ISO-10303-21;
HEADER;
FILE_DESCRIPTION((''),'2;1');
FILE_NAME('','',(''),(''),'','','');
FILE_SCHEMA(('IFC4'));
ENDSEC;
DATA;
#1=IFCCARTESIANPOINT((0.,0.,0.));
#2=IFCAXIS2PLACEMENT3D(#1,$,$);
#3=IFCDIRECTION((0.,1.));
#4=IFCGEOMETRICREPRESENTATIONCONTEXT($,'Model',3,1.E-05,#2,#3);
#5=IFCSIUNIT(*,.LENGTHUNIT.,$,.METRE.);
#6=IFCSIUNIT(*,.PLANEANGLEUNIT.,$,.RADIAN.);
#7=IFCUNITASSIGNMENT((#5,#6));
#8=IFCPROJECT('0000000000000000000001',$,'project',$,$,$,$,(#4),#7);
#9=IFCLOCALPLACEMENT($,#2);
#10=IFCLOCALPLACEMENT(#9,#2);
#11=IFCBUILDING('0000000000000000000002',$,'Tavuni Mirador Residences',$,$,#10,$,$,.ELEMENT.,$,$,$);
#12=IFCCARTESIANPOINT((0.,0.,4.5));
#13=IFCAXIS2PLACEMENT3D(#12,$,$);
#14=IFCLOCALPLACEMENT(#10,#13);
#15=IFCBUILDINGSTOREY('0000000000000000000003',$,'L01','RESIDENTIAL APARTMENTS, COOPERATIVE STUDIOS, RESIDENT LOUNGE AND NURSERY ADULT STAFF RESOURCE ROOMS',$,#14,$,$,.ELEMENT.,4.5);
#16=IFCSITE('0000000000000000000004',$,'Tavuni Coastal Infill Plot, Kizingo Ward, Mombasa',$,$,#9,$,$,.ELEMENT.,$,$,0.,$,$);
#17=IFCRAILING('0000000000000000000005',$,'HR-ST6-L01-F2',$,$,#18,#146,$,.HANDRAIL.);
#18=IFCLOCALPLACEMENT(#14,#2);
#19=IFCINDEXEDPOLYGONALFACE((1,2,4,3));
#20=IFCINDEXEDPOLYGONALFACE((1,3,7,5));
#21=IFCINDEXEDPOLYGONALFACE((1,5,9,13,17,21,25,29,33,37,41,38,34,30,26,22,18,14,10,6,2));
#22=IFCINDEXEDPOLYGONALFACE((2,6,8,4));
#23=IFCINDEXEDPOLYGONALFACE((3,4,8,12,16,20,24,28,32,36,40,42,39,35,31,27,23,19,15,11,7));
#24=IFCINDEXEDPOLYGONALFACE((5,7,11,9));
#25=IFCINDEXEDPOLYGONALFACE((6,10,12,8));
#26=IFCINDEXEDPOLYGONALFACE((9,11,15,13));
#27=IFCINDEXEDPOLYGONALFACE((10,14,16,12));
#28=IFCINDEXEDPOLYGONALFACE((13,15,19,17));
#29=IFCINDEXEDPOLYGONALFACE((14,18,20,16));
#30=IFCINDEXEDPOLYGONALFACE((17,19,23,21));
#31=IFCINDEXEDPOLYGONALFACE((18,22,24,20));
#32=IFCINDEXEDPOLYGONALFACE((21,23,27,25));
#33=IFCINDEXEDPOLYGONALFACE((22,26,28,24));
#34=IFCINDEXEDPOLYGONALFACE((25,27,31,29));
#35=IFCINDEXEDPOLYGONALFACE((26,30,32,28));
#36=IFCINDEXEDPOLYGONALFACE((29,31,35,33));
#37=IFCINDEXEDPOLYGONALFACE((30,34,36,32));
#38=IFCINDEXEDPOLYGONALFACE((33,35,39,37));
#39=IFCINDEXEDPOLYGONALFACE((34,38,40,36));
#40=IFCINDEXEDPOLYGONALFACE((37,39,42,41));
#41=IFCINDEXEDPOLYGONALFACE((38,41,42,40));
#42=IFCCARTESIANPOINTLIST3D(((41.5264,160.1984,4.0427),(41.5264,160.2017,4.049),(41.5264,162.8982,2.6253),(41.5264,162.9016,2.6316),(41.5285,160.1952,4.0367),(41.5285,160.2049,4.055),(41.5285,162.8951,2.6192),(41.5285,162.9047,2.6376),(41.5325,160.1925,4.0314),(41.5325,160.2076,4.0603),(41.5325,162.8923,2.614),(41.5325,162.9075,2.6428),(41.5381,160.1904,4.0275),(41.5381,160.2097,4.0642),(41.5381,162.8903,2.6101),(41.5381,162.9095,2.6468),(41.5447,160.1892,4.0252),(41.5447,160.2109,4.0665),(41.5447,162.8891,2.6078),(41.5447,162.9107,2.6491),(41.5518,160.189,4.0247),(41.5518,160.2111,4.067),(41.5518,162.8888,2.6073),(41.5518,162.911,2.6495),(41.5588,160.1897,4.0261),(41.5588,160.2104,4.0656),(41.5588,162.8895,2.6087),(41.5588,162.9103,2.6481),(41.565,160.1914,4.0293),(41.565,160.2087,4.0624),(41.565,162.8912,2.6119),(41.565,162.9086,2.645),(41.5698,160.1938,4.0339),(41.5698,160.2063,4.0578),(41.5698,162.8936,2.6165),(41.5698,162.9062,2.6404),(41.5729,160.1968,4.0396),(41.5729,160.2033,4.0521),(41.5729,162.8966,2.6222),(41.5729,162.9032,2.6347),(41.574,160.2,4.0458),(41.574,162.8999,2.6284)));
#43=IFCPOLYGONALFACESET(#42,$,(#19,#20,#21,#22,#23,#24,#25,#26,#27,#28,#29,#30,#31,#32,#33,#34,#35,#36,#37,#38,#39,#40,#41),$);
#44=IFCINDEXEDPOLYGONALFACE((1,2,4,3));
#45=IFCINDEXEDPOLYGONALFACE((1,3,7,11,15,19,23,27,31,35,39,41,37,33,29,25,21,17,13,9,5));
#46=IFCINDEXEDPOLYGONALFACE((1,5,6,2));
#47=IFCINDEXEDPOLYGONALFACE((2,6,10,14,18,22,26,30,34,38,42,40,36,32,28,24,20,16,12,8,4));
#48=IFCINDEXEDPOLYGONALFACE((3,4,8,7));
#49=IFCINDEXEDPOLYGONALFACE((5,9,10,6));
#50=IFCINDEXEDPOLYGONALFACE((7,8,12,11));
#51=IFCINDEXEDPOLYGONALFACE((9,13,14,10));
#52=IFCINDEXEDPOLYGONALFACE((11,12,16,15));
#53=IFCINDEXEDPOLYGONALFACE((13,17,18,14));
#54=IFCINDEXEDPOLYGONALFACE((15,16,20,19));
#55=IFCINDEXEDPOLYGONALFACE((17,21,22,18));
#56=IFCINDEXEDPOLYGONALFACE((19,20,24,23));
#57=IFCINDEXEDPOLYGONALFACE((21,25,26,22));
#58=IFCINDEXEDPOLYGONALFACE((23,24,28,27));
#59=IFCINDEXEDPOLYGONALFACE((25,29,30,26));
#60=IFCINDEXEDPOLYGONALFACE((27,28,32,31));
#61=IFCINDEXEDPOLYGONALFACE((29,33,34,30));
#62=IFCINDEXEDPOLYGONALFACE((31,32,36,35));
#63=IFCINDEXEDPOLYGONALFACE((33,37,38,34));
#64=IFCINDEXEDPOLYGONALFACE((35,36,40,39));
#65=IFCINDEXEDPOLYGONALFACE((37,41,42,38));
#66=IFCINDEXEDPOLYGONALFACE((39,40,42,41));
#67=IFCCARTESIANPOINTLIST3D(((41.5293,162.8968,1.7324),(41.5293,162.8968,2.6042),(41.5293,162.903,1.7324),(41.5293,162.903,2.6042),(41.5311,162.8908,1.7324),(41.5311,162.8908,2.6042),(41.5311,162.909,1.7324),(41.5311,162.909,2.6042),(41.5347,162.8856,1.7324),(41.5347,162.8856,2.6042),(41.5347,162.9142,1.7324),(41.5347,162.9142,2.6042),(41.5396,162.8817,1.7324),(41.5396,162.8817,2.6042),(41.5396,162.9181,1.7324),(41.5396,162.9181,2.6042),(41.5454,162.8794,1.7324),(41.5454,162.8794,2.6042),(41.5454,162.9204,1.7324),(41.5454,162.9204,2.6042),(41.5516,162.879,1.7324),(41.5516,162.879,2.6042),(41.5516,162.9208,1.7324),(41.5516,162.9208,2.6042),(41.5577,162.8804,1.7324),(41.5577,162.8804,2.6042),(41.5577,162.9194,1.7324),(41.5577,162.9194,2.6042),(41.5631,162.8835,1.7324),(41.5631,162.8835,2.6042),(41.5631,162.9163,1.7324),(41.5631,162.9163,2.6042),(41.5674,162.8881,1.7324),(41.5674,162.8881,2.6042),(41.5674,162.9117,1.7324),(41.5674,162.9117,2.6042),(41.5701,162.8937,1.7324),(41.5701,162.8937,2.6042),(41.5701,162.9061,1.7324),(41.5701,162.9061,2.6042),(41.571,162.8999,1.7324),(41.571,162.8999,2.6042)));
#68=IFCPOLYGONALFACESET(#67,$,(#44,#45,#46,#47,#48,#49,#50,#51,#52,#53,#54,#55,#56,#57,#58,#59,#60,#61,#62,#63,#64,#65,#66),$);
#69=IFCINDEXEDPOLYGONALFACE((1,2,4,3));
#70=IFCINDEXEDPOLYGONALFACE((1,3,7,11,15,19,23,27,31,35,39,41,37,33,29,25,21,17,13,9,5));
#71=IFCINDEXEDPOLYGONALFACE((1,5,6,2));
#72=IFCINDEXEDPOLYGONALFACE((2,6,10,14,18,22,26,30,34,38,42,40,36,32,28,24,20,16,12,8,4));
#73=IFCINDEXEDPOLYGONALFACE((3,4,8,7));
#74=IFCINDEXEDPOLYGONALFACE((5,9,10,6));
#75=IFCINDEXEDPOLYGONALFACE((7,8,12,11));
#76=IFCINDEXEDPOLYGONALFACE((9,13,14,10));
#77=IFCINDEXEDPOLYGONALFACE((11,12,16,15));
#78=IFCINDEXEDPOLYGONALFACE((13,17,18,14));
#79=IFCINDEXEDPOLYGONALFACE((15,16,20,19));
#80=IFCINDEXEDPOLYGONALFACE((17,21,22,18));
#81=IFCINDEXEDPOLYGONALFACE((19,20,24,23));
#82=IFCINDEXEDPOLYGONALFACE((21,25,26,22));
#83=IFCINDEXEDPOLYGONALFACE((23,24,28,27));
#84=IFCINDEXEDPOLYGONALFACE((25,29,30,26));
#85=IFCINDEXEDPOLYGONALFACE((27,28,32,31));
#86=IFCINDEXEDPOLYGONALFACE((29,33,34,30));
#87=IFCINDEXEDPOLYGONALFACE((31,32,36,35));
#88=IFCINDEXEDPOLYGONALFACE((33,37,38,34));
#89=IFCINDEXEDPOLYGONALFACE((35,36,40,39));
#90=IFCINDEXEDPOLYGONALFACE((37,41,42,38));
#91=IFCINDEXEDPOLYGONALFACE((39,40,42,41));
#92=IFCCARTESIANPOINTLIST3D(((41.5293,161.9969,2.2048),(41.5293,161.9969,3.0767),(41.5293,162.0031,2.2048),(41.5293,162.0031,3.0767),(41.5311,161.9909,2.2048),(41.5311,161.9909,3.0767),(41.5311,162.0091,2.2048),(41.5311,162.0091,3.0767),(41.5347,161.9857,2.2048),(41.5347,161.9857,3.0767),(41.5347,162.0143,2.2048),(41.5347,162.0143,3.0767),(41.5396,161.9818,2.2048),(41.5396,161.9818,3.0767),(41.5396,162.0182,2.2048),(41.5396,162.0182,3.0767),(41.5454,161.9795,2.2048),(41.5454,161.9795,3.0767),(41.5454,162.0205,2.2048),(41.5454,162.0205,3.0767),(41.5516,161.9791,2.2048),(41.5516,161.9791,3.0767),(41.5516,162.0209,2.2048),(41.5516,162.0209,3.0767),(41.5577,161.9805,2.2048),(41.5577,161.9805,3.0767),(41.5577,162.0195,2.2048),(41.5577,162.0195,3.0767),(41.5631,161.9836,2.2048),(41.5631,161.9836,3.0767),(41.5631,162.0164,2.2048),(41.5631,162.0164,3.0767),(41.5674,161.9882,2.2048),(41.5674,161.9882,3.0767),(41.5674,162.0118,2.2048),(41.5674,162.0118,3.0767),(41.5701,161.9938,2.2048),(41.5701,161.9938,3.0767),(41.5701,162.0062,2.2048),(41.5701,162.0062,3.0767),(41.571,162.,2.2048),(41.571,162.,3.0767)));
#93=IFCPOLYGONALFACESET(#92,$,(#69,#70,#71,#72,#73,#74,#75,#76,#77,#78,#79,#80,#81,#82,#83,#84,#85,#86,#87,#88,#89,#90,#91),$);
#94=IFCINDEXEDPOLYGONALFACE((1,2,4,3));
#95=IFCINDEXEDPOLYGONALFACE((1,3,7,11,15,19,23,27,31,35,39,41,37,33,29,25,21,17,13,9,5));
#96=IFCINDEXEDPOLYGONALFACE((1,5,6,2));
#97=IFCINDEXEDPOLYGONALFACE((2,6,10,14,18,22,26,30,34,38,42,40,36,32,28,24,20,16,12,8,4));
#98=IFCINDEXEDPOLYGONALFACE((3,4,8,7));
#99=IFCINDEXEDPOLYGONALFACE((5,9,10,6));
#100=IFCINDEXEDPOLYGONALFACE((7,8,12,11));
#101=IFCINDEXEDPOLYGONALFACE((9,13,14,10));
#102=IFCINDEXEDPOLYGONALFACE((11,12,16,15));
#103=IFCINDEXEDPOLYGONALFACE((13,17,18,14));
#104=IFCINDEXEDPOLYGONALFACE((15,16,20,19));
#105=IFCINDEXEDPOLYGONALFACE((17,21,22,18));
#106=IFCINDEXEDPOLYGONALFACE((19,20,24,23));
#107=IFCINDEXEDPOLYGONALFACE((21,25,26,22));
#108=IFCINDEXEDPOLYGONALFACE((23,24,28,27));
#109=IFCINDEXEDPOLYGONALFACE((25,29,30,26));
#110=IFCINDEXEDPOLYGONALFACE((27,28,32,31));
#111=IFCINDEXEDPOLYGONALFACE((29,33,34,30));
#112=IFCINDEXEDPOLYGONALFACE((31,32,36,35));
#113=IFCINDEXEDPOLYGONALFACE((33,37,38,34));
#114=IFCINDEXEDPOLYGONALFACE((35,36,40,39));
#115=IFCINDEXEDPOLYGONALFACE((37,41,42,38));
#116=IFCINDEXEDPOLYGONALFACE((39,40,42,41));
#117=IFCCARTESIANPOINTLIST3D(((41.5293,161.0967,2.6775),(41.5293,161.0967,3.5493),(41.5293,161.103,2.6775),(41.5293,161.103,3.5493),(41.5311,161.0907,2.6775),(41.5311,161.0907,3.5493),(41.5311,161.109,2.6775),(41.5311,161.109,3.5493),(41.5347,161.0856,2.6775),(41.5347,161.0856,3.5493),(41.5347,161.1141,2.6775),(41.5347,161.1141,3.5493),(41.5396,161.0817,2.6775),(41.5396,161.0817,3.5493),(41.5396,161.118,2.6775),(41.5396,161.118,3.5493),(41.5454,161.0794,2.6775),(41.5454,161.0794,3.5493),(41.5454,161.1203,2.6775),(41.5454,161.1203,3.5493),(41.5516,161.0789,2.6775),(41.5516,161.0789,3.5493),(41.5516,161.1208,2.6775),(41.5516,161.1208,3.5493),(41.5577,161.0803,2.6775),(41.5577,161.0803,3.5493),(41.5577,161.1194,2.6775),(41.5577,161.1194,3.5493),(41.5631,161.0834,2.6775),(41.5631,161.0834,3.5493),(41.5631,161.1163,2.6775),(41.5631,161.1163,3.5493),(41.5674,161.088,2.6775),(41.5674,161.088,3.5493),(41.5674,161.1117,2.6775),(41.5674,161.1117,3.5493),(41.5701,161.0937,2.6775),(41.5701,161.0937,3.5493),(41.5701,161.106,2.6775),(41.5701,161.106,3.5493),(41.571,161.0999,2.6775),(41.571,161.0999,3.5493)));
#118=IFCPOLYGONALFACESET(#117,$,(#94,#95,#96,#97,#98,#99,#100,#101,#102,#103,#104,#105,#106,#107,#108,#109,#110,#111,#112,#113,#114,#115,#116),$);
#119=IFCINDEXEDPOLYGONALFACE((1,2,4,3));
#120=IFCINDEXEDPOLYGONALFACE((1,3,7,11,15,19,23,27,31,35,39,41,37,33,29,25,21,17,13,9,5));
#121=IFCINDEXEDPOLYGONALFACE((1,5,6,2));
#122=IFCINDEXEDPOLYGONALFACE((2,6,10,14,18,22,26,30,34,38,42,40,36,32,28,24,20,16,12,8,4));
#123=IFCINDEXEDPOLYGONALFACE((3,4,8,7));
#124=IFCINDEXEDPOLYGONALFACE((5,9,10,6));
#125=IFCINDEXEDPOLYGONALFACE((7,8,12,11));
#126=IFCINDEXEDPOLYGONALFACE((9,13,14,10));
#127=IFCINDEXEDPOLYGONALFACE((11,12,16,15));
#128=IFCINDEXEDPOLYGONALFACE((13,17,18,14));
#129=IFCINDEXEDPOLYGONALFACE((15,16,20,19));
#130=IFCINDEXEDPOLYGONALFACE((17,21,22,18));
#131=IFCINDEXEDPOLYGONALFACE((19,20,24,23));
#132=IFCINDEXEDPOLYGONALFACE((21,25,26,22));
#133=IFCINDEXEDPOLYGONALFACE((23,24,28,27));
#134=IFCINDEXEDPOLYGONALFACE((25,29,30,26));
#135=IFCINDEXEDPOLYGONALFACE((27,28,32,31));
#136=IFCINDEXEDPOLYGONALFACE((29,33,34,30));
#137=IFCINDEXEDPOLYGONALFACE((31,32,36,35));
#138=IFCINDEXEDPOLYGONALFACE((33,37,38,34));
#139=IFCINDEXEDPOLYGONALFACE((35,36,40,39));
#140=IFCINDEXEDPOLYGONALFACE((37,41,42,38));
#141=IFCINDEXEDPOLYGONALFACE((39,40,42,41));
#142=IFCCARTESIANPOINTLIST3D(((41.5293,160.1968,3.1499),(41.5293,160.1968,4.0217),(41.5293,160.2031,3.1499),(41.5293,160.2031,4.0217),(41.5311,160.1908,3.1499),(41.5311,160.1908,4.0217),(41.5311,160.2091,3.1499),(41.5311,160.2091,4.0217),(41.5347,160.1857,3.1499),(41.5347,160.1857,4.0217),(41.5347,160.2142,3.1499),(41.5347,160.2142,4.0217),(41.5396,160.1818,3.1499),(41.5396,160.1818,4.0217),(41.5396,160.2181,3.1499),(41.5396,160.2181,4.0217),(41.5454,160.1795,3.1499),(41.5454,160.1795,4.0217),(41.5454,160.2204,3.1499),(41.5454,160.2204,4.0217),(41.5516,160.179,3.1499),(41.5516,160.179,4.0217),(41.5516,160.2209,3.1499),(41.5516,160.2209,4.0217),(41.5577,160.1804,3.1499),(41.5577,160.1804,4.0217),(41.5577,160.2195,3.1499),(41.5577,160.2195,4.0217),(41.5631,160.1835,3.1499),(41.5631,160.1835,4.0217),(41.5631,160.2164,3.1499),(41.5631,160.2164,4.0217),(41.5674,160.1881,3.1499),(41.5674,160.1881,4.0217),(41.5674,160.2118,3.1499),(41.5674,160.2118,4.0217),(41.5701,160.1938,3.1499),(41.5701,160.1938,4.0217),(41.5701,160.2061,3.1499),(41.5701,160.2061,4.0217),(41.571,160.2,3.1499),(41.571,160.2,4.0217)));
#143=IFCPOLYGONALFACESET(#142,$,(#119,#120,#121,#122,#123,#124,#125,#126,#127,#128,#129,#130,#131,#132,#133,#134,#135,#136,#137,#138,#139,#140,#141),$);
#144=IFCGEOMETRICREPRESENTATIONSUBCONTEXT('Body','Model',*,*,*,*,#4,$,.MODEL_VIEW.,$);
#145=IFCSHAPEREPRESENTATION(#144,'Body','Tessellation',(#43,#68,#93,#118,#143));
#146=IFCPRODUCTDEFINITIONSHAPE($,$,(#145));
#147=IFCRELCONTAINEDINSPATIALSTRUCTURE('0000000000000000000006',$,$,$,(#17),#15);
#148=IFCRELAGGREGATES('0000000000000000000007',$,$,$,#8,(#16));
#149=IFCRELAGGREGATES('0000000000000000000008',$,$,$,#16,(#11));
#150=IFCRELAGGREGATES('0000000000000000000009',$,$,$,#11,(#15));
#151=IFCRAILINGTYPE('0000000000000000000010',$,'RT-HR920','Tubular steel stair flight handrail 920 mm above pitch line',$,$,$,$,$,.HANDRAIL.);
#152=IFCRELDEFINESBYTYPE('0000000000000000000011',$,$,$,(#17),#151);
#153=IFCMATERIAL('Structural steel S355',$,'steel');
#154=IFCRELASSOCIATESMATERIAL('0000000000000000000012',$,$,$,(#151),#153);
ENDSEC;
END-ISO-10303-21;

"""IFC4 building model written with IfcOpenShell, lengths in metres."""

from ifc_helpers import new_model, si_unit, direction, frame, origin, origin_2d, place, context, subcontext, project, spatial, circle, extrude, material, type_object, element, save


model = new_model("IFC4")

# Units and contexts
model_context = context("Model", 3, precision=1e-05, world=origin(), true_north=direction((0.0, 1.0)))
body_context = subcontext(model_context, "Body", "Model", "MODEL_VIEW")
ifc_project = project(units=[si_unit("LENGTHUNIT", "METRE"), si_unit("PLANEANGLEUNIT", "RADIAN")], contexts=[model_context])

# Site, building, storey
site_placement = place(None, origin())
site = spatial("IfcSite", under=ifc_project, at=site_placement, Name="Tavuni Coastal Infill Plot, Kizingo Ward, Mombasa", CompositionType="ELEMENT", RefElevation=0.0)
building_placement = place(site_placement, origin())
building = spatial("IfcBuilding", under=site, at=building_placement, Name="Tavuni Mirador Residences", CompositionType="ELEMENT")
storey_placement = place(building_placement, frame((0.0, 0.0, 4.5)))
storey = spatial("IfcBuildingStorey", under=building, at=storey_placement, Name="L01", Description="RESIDENTIAL APARTMENTS, COOPERATIVE STUDIOS, RESIDENT LOUNGE AND NURSERY ADULT STAFF RESOURCE ROOMS", CompositionType="ELEMENT", Elevation=4.5)

# Shared definitions
ifc_material_1 = material(Name="Structural steel S355", Category="steel")

# Railing
railing_type_1 = type_object("IfcRailingType", Name="RT-HR920", Description="Tubular steel stair flight handrail 920 mm above pitch line", PredefinedType="HANDRAIL", material=ifc_material_1)
railing_1_placement = place(storey_placement, frame((41.55, 162.8999, 1.7324)))
element("IfcRailing", 1, at=railing_1_placement, inside=storey, type_object=railing_type_1, Name="HR-ST6-L01-F2", PredefinedType="HANDRAIL", context=body_context, shape_type="SweptSolid", body=[
    extrude(circle(Radius=0.0239, at=origin_2d()), frame((0.0, 0.0, 0.896), z_axis=(0.0, -0.885397, 0.464835), x_axis=(1.0, 0.0, 0.0)), (0.0, 0.0, 1.0), 3.0493),
    extrude(circle(Radius=0.021, at=origin_2d()), origin(), (0.0, 0.0, 1.0), 0.8718),
    extrude(circle(Radius=0.021, at=origin_2d()), frame((0.0, -0.8999, 0.4724)), (0.0, 0.0, 1.0), 0.8718),
    extrude(circle(Radius=0.021, at=origin_2d()), frame((0.0, -1.8, 0.9451)), (0.0, 0.0, 1.0), 0.8718),
    extrude(circle(Radius=0.021, at=origin_2d()), frame((0.0, -2.7, 1.4175)), (0.0, 0.0, 1.0), 0.8718),
])

save(model, "model.ifc")
